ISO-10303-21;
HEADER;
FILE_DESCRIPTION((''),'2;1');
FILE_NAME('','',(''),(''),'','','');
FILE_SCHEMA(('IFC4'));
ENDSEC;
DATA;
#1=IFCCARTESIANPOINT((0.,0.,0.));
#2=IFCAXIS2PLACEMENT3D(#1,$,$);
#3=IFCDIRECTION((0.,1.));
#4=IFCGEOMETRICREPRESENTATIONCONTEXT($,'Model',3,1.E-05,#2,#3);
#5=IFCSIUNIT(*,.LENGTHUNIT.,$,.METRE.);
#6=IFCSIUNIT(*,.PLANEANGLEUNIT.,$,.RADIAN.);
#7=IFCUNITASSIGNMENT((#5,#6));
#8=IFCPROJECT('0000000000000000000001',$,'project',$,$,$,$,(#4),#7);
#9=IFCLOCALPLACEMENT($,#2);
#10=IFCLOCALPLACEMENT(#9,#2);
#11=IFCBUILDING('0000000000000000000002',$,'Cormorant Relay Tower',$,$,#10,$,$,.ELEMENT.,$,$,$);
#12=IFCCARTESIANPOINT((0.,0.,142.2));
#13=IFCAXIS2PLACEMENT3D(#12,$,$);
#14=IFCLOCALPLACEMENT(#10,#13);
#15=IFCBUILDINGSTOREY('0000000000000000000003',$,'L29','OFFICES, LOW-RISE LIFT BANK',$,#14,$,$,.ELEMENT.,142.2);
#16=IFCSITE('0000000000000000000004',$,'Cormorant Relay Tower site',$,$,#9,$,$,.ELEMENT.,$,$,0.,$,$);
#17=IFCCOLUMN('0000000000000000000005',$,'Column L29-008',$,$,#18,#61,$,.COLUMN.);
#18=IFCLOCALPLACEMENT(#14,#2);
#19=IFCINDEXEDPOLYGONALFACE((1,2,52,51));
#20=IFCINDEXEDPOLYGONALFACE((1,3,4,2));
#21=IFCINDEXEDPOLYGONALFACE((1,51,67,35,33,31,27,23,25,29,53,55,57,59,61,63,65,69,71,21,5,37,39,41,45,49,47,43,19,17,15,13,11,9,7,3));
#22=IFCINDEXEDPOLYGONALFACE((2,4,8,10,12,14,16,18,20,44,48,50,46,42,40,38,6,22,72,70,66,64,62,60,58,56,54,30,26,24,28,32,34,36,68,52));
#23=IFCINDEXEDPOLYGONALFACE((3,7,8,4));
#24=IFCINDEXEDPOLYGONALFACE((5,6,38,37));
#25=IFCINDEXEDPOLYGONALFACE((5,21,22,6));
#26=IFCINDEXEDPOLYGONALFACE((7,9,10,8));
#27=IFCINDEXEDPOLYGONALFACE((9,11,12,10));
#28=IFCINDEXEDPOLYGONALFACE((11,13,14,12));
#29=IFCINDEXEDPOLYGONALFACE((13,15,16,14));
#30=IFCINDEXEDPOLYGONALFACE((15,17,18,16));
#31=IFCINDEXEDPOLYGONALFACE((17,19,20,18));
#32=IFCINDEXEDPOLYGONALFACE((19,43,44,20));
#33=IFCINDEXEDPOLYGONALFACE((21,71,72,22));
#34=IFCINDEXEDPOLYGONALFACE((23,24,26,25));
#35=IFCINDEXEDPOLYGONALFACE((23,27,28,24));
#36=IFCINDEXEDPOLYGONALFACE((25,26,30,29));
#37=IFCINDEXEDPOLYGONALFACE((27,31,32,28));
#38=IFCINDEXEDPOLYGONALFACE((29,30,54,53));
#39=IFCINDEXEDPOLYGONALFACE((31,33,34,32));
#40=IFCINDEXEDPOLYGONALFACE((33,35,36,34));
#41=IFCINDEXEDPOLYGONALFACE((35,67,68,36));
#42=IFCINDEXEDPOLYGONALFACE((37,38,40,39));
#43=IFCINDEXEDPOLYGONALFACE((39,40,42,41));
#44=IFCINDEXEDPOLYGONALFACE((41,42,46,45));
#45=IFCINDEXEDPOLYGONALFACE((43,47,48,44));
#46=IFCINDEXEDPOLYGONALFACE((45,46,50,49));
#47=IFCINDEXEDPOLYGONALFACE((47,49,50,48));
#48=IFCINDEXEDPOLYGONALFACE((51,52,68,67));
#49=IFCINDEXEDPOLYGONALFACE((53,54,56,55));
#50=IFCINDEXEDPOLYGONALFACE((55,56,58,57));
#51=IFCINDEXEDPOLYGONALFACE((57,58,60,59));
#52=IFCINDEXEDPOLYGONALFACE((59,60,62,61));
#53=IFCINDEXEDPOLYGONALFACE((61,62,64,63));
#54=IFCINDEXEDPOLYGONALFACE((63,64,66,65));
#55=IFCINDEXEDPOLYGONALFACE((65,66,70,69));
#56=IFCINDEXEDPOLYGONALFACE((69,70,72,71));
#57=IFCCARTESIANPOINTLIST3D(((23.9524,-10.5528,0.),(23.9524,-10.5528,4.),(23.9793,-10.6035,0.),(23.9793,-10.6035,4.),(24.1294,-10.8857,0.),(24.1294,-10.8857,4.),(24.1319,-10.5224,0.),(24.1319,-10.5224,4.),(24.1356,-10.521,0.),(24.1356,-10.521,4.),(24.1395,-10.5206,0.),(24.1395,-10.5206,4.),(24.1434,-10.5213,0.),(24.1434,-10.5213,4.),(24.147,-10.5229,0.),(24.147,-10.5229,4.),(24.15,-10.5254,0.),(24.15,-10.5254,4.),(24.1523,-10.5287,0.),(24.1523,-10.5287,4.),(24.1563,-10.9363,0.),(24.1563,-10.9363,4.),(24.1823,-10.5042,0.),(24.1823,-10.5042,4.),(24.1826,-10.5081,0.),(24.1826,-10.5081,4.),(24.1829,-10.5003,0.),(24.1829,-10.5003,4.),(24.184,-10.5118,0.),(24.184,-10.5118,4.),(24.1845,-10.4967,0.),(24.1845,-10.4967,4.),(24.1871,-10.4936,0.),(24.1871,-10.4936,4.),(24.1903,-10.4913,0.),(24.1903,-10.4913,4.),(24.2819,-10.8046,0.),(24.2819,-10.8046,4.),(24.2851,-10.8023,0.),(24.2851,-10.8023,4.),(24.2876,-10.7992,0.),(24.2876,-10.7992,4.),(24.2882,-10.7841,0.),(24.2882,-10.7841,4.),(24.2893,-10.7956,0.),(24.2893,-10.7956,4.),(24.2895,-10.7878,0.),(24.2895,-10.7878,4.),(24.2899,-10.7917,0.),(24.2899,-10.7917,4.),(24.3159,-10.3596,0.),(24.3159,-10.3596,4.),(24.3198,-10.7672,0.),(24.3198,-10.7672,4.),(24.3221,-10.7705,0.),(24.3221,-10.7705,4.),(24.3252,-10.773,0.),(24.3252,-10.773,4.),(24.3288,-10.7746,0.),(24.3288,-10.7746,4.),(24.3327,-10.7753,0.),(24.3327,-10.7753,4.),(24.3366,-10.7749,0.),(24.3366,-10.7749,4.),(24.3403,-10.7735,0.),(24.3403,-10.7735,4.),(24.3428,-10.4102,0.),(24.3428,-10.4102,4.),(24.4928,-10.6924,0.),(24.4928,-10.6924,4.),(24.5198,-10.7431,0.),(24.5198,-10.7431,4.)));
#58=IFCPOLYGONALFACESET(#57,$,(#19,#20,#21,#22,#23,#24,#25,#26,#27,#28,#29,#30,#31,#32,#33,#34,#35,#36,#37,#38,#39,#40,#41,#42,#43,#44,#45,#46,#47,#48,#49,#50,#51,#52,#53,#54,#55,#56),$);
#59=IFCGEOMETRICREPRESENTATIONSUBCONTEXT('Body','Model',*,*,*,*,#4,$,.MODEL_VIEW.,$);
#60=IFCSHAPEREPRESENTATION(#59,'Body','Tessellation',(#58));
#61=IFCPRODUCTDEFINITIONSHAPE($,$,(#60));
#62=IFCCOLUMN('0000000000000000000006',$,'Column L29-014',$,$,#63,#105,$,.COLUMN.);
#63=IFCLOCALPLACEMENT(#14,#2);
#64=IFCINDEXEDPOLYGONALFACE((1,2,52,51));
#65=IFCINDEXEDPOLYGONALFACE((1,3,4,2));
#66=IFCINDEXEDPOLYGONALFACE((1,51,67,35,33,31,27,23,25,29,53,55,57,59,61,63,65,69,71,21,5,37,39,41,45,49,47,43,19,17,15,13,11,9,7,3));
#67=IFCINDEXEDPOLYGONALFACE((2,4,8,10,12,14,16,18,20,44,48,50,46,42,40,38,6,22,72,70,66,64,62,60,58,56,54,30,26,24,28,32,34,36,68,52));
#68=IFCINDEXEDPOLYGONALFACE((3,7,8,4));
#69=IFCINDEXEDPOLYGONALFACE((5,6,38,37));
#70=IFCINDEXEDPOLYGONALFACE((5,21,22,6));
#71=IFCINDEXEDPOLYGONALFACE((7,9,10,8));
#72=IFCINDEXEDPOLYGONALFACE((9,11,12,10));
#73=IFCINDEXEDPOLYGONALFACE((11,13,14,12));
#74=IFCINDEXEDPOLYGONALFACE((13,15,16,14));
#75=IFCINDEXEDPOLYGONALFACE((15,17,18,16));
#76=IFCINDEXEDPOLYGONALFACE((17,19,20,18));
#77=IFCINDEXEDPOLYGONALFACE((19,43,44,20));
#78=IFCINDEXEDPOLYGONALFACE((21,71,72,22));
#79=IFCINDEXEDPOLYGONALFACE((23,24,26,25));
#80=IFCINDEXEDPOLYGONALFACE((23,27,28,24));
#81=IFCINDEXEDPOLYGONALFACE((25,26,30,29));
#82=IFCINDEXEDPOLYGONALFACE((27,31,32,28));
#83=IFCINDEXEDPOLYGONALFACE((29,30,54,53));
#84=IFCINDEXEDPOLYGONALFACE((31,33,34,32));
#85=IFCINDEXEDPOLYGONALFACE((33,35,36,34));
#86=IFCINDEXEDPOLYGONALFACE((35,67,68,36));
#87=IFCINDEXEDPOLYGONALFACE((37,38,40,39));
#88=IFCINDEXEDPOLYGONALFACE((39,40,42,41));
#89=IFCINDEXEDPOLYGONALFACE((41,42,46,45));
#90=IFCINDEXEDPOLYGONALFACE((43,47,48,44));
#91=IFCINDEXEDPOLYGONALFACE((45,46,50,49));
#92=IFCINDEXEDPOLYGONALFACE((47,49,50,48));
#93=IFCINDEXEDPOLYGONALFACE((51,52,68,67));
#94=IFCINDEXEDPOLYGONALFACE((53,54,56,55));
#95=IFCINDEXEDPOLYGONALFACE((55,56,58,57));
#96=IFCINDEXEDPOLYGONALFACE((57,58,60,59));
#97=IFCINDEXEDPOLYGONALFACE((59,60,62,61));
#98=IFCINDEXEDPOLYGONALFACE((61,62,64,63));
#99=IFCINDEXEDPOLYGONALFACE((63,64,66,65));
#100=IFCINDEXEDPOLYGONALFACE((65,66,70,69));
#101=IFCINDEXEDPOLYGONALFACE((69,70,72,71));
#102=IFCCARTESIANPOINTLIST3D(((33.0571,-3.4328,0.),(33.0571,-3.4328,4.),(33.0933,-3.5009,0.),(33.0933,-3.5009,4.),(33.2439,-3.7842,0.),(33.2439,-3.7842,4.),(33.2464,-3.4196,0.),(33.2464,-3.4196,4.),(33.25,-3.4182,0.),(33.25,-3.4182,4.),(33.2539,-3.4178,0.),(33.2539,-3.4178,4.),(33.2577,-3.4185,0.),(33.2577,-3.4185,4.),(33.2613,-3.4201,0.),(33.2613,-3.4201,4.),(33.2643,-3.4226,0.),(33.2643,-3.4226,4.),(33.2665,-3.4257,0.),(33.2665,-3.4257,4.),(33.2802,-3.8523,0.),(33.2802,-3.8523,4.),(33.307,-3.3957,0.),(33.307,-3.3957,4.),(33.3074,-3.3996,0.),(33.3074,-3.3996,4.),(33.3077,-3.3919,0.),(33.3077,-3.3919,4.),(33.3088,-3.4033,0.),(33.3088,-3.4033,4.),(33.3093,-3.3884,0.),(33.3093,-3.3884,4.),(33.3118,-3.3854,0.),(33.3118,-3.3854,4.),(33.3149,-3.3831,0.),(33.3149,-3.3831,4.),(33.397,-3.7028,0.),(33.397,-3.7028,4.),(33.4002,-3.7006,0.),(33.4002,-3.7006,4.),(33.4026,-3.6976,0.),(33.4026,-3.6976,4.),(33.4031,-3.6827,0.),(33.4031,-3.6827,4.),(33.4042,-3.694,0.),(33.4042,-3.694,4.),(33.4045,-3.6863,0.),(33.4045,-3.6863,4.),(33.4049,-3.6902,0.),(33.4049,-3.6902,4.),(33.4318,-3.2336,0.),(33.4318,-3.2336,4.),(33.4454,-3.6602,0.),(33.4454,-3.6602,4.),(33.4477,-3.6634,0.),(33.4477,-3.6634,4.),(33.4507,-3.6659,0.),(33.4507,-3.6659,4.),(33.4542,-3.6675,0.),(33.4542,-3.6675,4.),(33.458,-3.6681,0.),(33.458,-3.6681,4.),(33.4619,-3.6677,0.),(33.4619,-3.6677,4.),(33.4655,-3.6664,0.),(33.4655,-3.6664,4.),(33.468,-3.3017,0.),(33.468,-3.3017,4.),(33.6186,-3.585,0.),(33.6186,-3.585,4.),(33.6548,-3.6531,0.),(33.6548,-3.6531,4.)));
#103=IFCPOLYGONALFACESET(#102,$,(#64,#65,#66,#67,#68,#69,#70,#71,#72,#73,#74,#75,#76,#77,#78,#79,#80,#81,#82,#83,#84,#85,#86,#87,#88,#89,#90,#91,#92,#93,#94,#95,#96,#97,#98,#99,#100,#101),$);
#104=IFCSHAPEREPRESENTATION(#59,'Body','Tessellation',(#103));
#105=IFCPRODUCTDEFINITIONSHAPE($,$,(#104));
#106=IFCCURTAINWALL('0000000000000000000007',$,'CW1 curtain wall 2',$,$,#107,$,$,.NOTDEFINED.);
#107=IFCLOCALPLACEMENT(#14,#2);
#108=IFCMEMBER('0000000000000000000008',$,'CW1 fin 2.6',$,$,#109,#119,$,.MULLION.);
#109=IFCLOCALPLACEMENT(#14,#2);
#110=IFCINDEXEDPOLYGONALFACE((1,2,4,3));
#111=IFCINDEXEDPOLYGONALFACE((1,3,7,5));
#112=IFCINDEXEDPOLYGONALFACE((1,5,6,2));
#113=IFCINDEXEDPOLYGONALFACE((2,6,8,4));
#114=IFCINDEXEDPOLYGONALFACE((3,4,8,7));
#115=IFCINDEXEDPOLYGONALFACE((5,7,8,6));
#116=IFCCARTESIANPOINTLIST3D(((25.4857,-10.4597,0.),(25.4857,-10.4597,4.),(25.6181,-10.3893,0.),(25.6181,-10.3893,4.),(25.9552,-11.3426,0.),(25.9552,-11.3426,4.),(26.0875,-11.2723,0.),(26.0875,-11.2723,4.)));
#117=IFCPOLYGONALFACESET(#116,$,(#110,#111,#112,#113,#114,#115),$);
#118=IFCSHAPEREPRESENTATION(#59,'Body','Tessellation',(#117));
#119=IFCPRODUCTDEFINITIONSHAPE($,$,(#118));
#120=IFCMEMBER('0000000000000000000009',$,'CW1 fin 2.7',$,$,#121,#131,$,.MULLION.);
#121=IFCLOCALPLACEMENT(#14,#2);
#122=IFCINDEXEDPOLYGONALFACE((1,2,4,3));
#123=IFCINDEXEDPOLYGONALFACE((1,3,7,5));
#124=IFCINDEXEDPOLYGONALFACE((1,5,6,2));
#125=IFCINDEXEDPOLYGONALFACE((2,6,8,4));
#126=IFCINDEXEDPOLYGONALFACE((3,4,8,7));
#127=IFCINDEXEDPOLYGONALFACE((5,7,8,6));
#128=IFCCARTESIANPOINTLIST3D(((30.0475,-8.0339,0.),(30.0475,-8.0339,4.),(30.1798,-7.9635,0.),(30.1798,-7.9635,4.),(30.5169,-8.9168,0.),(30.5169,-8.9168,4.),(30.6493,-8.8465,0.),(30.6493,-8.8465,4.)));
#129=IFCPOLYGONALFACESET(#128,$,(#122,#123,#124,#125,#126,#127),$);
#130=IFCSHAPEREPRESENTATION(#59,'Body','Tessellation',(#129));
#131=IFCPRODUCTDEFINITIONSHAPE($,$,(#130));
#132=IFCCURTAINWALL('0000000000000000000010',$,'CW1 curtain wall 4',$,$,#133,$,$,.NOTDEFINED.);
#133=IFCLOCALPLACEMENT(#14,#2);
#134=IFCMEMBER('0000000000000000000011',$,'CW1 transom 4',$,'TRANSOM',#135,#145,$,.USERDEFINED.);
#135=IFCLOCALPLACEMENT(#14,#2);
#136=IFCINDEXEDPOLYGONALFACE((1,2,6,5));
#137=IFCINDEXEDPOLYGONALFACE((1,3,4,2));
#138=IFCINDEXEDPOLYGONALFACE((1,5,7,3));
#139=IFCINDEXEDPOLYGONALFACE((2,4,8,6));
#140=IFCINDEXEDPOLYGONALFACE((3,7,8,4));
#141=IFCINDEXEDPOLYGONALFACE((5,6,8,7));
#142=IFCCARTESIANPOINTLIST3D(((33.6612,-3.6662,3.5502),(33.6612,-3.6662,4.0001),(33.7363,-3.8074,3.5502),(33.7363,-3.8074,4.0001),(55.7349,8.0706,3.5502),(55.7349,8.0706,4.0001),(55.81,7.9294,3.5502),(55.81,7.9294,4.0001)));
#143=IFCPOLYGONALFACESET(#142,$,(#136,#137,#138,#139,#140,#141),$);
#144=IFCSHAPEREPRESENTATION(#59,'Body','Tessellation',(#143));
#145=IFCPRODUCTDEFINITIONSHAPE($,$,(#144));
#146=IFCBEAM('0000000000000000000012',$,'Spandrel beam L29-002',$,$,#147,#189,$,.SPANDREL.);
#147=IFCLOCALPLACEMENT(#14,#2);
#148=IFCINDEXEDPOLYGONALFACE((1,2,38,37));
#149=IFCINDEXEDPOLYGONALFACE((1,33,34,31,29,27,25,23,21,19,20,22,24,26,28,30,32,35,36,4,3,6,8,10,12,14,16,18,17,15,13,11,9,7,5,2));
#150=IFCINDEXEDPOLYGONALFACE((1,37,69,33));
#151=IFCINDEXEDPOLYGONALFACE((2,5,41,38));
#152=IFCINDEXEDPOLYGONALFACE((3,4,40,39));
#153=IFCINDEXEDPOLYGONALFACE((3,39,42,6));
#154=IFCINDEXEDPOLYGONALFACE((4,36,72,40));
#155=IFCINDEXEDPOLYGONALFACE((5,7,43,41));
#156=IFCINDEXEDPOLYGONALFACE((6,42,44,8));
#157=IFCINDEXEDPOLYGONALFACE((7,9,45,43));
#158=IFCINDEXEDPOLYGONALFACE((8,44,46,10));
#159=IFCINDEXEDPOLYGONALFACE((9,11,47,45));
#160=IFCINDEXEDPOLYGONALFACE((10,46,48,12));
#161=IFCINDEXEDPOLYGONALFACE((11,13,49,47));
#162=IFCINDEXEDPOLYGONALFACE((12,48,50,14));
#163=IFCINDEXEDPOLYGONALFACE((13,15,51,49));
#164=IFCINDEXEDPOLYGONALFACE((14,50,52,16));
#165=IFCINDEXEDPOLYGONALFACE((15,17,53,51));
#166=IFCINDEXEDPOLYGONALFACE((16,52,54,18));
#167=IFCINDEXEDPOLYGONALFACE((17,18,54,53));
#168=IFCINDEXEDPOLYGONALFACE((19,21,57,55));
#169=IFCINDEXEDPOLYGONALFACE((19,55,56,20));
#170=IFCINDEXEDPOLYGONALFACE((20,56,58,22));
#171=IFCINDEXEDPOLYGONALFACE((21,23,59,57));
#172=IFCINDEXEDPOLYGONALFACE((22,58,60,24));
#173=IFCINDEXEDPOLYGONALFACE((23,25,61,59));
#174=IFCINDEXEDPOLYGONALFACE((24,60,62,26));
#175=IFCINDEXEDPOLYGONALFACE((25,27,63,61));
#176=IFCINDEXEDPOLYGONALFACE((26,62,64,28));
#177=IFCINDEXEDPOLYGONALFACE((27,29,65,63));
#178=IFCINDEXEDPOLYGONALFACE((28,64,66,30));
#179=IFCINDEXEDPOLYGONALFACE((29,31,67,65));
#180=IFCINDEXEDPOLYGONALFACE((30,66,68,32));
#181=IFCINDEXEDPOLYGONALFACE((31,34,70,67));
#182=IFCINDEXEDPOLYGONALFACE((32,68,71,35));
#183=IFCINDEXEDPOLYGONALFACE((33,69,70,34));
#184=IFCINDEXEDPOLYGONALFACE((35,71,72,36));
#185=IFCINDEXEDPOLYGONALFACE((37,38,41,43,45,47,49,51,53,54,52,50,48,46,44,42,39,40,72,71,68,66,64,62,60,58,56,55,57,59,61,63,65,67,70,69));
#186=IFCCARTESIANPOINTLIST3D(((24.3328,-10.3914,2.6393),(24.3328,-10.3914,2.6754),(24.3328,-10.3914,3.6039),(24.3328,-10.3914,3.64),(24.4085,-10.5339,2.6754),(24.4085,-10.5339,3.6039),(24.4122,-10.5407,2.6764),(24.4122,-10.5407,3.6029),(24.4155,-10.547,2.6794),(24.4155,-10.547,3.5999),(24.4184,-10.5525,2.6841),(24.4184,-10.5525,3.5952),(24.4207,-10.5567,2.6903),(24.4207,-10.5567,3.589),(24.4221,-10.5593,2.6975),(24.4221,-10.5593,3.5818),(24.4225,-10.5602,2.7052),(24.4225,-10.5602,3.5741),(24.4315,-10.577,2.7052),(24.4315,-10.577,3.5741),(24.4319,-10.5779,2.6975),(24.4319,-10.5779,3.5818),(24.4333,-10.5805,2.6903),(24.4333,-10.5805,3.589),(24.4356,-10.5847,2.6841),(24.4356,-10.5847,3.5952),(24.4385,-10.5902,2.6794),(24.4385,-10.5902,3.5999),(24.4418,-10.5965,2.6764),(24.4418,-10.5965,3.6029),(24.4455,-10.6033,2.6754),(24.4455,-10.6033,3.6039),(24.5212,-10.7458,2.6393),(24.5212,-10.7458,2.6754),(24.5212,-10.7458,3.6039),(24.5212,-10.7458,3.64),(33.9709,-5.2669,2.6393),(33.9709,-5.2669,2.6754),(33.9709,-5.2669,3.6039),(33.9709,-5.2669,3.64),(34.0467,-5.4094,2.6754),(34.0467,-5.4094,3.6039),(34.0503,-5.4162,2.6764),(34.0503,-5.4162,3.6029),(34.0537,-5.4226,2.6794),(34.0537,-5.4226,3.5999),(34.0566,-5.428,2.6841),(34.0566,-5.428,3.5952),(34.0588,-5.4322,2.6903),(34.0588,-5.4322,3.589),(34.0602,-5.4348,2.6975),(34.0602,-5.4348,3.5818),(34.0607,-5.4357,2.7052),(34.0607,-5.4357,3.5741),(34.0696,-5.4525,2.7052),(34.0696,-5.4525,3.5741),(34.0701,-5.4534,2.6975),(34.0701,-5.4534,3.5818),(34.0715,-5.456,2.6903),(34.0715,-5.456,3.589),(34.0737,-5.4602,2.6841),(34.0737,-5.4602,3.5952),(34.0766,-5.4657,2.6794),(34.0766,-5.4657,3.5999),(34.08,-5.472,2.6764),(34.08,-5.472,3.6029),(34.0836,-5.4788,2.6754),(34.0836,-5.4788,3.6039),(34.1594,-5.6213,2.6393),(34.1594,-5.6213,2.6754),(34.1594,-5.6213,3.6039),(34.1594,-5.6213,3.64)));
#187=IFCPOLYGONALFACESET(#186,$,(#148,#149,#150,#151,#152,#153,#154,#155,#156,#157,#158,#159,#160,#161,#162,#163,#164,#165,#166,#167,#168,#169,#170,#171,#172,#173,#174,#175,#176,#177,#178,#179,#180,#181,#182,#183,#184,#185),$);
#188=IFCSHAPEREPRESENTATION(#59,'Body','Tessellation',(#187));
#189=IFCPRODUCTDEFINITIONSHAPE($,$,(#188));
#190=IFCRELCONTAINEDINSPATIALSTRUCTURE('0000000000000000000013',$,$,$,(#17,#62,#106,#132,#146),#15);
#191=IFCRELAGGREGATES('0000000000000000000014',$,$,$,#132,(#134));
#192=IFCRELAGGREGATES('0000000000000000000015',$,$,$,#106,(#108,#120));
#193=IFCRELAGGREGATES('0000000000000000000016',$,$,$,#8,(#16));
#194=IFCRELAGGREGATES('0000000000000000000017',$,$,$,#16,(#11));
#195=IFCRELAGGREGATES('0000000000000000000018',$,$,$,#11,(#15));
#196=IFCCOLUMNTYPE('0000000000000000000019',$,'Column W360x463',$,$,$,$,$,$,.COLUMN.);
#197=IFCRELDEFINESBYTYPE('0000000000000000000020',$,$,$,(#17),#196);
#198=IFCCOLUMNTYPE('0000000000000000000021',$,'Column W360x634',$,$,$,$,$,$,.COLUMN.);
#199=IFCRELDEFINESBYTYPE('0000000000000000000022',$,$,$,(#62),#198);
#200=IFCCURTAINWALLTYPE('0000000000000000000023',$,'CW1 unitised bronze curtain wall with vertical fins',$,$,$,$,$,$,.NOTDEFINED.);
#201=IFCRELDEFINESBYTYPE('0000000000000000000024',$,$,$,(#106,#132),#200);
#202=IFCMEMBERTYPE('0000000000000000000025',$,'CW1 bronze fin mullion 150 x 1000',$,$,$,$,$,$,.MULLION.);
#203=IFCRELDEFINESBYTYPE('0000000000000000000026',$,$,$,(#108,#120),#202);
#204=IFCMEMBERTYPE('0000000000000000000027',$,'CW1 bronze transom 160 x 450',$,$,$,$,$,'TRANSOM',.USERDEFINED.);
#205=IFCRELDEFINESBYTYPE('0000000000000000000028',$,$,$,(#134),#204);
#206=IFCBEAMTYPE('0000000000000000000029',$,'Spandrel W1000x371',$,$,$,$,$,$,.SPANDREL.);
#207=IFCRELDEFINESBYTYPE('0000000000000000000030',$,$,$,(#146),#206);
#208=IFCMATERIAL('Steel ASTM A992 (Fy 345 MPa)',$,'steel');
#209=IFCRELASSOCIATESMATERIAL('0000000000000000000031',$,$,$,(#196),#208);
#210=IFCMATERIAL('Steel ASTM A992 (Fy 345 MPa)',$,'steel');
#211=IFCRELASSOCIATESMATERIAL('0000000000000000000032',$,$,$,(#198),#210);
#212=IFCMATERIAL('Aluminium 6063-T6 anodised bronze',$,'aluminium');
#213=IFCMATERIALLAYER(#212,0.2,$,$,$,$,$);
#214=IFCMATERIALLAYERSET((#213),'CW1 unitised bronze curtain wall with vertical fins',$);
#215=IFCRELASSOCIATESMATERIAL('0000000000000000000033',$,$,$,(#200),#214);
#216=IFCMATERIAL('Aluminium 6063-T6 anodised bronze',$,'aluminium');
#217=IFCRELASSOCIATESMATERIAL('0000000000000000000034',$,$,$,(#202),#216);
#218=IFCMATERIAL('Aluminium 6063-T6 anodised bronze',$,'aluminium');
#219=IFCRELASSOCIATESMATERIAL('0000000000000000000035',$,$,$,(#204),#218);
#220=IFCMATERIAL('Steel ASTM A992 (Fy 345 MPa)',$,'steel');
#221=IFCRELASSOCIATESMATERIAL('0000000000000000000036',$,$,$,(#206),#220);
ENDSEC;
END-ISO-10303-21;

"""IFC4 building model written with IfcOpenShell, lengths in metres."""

from ifc_helpers import new_model, si_unit, direction, frame, origin, origin_2d, place, context, subcontext, project, spatial, rectangle, i_section, extrude, material, layer, layer_set, material_profile, profile_set, type_object, element, aggregate, save


model = new_model("IFC4")

# Units and contexts
model_context = context("Model", 3, precision=1e-05, world=origin(), true_north=direction((0.0, 1.0)))
body_context = subcontext(model_context, "Body", "Model", "MODEL_VIEW")
ifc_project = project(units=[si_unit("LENGTHUNIT", "METRE"), si_unit("PLANEANGLEUNIT", "RADIAN")], contexts=[model_context])

# Site, building, storey
site_placement = place(None, origin())
site = spatial("IfcSite", under=ifc_project, at=site_placement, Name="Cormorant Relay Tower site", CompositionType="ELEMENT", RefElevation=0.0)
building_placement = place(site_placement, origin())
building = spatial("IfcBuilding", under=site, at=building_placement, Name="Cormorant Relay Tower", CompositionType="ELEMENT")
storey_placement = place(building_placement, frame((0.0, 0.0, 142.2)))
storey = spatial("IfcBuildingStorey", under=building, at=storey_placement, Name="L29", Description="OFFICES, LOW-RISE LIFT BANK", CompositionType="ELEMENT", Elevation=142.2)

# Columns
ifc_material_1 = material(Name="Steel ASTM A992 (Fy 345 MPa)", Category="steel")
ifc_material_profile_1 = material_profile(ifc_material_1, i_section(OverallWidth=0.4116, OverallDepth=0.4343, WebThickness=0.0359, FlangeThickness=0.0574, FilletRadius=0.0151, at=origin_2d()), Name="W360x463")
ifc_profile_set_1 = profile_set([ifc_material_profile_1], Name="Steel ASTM A992 (Fy 345 MPa)")
column_type_1 = type_object("IfcColumnType", Name="Column W360x463", PredefinedType="COLUMN", material=ifc_profile_set_1)
column_1_placement = place(storey_placement, frame((24.2361, -10.6479, 0.0), z_axis=(0.0, 0.0, 1.0), x_axis=(0.882948, 0.469472, 0.0)))
element("IfcColumn", 1, at=column_1_placement, inside=storey, type_object=column_type_1, Name="Column L29-008", PredefinedType="COLUMN", context=body_context, shape_type="SweptSolid", body=[
    extrude(i_section(OverallWidth=0.4116, OverallDepth=0.4343, WebThickness=0.0359, FlangeThickness=0.0574, FilletRadius=0.0151, at=origin_2d()), origin(), (0.0, 0.0, 1.0), 4.0),
])
ifc_material_2 = material(Name="Steel ASTM A992 (Fy 345 MPa)", Category="steel")
ifc_material_profile_2 = material_profile(ifc_material_2, i_section(OverallWidth=0.4243, OverallDepth=0.4751, WebThickness=0.0479, FlangeThickness=0.0771, FilletRadius=0.0149, at=origin_2d()), Name="W360x634")
ifc_profile_set_2 = profile_set([ifc_material_profile_2], Name="Steel ASTM A992 (Fy 345 MPa)")
column_type_2 = type_object("IfcColumnType", Name="Column W360x634", PredefinedType="COLUMN", material=ifc_profile_set_2)
column_2_placement = place(storey_placement, frame((33.356, -3.543, 0.0), z_axis=(0.0, 0.0, 1.0), x_axis=(0.882948, 0.469472, 0.0)))
element("IfcColumn", 2, at=column_2_placement, inside=storey, type_object=column_type_2, Name="Column L29-014", PredefinedType="COLUMN", context=body_context, shape_type="SweptSolid", body=[
    extrude(i_section(OverallWidth=0.4243, OverallDepth=0.4751, WebThickness=0.0479, FlangeThickness=0.0771, FilletRadius=0.0149, at=origin_2d()), origin(), (0.0, 0.0, 1.0), 4.0),
])

# Curtain wall, members
ifc_material_3 = material(Name="Aluminium 6063-T6 anodised bronze", Category="aluminium")
ifc_layer_1 = layer(ifc_material_3, 0.2)
ifc_layer_set_1 = layer_set([ifc_layer_1], Name="CW1 unitised bronze curtain wall with vertical fins")
curtain_wall_type = type_object("IfcCurtainWallType", Name="CW1 unitised bronze curtain wall with vertical fins", PredefinedType="NOTDEFINED", material=ifc_layer_set_1)
curtain_wall_1_placement = place(storey_placement, origin())
curtain_wall_1 = element("IfcCurtainWall", 3, at=curtain_wall_1_placement, inside=storey, type_object=curtain_wall_type, Name="CW1 curtain wall 2", PredefinedType="NOTDEFINED")
ifc_material_4 = material(Name="Aluminium 6063-T6 anodised bronze", Category="aluminium")
ifc_material_profile_3 = material_profile(ifc_material_4, rectangle(XDim=0.1499, YDim=1.0, at=origin_2d()), Name="AL 150x1000")
ifc_profile_set_3 = profile_set([ifc_material_profile_3], Name="Aluminium 6063-T6 anodised bronze")
member_type_1 = type_object("IfcMemberType", Name="CW1 bronze fin mullion 150 x 1000", PredefinedType="MULLION", material=ifc_profile_set_3)
member_1_placement = place(storey_placement, frame((25.7866, -10.866, 0.0), z_axis=(0.0, 0.0, 1.0), x_axis=(0.882948, 0.469472, 0.0)))
member_1 = element("IfcMember", 4, at=member_1_placement, type_object=member_type_1, Name="CW1 fin 2.6", PredefinedType="MULLION", context=body_context, shape_type="SweptSolid", body=[
    extrude(rectangle(XDim=0.1499, YDim=1.0, at=origin_2d()), origin(), (0.0, 0.0, 1.0), 4.0),
])
member_2_placement = place(storey_placement, frame((30.3484, -8.4402, 0.0), z_axis=(0.0, 0.0, 1.0), x_axis=(0.882948, 0.469472, 0.0)))
member_2 = element("IfcMember", 5, at=member_2_placement, type_object=member_type_1, Name="CW1 fin 2.7", PredefinedType="MULLION", context=body_context, shape_type="SweptSolid", body=[
    extrude(rectangle(XDim=0.1499, YDim=1.0, at=origin_2d()), origin(), (0.0, 0.0, 1.0), 4.0),
])

# Curtain wall, member
curtain_wall_2_placement = place(storey_placement, origin())
curtain_wall_2 = element("IfcCurtainWall", 6, at=curtain_wall_2_placement, inside=storey, type_object=curtain_wall_type, Name="CW1 curtain wall 4", PredefinedType="NOTDEFINED")
ifc_material_5 = material(Name="Aluminium 6063-T6 anodised bronze", Category="aluminium")
ifc_material_profile_4 = material_profile(ifc_material_5, rectangle(XDim=0.1599, YDim=0.45, at=origin_2d()), Name="AL 160x450")
ifc_profile_set_4 = profile_set([ifc_material_profile_4], Name="Aluminium 6063-T6 anodised bronze")
member_type_2 = type_object("IfcMemberType", Name="CW1 bronze transom 160 x 450", ElementType="TRANSOM", PredefinedType="USERDEFINED", material=ifc_profile_set_4)
member_3_placement = place(storey_placement, frame((33.6987, -3.7368, 3.7751), z_axis=(0.882947, 0.469472, 0.0), x_axis=(-0.469472, 0.882947, 0.0)))
member_3 = element("IfcMember", 7, at=member_3_placement, type_object=member_type_2, Name="CW1 transom 4", ObjectType="TRANSOM", PredefinedType="USERDEFINED", context=body_context, shape_type="SweptSolid", body=[
    extrude(rectangle(XDim=0.1599, YDim=0.45, at=origin_2d()), origin(), (0.0, 0.0, 1.0), 25.0),
])
aggregate(curtain_wall_2, [member_3])

# Beam
ifc_material_6 = material(Name="Steel ASTM A992 (Fy 345 MPa)", Category="steel")
ifc_material_profile_5 = material_profile(ifc_material_6, i_section(OverallWidth=0.4014, OverallDepth=1.0007, WebThickness=0.019, FlangeThickness=0.0361, FilletRadius=0.0298, at=origin_2d()), Name="W1000x371")
ifc_profile_set_5 = profile_set([ifc_material_profile_5], Name="Steel ASTM A992 (Fy 345 MPa)")
beam_type = type_object("IfcBeamType", Name="Spandrel W1000x371", PredefinedType="SPANDREL", material=ifc_profile_set_5)
beam_placement = place(storey_placement, frame((24.427, -10.5686, 3.1396), z_axis=(0.882955, 0.469457, 0.0), x_axis=(-0.469457, 0.882955, 0.0)))
element("IfcBeam", 8, at=beam_placement, inside=storey, type_object=beam_type, Name="Spandrel beam L29-002", PredefinedType="SPANDREL", context=body_context, shape_type="SweptSolid", body=[
    extrude(i_section(OverallWidth=0.4014, OverallDepth=1.0007, WebThickness=0.019, FlangeThickness=0.0361, FilletRadius=0.0298, at=origin_2d()), origin(), (0.0, 0.0, 1.0), 10.9158),
])

aggregate(curtain_wall_1, [member_1, member_2])

save(model, "model.ifc")
